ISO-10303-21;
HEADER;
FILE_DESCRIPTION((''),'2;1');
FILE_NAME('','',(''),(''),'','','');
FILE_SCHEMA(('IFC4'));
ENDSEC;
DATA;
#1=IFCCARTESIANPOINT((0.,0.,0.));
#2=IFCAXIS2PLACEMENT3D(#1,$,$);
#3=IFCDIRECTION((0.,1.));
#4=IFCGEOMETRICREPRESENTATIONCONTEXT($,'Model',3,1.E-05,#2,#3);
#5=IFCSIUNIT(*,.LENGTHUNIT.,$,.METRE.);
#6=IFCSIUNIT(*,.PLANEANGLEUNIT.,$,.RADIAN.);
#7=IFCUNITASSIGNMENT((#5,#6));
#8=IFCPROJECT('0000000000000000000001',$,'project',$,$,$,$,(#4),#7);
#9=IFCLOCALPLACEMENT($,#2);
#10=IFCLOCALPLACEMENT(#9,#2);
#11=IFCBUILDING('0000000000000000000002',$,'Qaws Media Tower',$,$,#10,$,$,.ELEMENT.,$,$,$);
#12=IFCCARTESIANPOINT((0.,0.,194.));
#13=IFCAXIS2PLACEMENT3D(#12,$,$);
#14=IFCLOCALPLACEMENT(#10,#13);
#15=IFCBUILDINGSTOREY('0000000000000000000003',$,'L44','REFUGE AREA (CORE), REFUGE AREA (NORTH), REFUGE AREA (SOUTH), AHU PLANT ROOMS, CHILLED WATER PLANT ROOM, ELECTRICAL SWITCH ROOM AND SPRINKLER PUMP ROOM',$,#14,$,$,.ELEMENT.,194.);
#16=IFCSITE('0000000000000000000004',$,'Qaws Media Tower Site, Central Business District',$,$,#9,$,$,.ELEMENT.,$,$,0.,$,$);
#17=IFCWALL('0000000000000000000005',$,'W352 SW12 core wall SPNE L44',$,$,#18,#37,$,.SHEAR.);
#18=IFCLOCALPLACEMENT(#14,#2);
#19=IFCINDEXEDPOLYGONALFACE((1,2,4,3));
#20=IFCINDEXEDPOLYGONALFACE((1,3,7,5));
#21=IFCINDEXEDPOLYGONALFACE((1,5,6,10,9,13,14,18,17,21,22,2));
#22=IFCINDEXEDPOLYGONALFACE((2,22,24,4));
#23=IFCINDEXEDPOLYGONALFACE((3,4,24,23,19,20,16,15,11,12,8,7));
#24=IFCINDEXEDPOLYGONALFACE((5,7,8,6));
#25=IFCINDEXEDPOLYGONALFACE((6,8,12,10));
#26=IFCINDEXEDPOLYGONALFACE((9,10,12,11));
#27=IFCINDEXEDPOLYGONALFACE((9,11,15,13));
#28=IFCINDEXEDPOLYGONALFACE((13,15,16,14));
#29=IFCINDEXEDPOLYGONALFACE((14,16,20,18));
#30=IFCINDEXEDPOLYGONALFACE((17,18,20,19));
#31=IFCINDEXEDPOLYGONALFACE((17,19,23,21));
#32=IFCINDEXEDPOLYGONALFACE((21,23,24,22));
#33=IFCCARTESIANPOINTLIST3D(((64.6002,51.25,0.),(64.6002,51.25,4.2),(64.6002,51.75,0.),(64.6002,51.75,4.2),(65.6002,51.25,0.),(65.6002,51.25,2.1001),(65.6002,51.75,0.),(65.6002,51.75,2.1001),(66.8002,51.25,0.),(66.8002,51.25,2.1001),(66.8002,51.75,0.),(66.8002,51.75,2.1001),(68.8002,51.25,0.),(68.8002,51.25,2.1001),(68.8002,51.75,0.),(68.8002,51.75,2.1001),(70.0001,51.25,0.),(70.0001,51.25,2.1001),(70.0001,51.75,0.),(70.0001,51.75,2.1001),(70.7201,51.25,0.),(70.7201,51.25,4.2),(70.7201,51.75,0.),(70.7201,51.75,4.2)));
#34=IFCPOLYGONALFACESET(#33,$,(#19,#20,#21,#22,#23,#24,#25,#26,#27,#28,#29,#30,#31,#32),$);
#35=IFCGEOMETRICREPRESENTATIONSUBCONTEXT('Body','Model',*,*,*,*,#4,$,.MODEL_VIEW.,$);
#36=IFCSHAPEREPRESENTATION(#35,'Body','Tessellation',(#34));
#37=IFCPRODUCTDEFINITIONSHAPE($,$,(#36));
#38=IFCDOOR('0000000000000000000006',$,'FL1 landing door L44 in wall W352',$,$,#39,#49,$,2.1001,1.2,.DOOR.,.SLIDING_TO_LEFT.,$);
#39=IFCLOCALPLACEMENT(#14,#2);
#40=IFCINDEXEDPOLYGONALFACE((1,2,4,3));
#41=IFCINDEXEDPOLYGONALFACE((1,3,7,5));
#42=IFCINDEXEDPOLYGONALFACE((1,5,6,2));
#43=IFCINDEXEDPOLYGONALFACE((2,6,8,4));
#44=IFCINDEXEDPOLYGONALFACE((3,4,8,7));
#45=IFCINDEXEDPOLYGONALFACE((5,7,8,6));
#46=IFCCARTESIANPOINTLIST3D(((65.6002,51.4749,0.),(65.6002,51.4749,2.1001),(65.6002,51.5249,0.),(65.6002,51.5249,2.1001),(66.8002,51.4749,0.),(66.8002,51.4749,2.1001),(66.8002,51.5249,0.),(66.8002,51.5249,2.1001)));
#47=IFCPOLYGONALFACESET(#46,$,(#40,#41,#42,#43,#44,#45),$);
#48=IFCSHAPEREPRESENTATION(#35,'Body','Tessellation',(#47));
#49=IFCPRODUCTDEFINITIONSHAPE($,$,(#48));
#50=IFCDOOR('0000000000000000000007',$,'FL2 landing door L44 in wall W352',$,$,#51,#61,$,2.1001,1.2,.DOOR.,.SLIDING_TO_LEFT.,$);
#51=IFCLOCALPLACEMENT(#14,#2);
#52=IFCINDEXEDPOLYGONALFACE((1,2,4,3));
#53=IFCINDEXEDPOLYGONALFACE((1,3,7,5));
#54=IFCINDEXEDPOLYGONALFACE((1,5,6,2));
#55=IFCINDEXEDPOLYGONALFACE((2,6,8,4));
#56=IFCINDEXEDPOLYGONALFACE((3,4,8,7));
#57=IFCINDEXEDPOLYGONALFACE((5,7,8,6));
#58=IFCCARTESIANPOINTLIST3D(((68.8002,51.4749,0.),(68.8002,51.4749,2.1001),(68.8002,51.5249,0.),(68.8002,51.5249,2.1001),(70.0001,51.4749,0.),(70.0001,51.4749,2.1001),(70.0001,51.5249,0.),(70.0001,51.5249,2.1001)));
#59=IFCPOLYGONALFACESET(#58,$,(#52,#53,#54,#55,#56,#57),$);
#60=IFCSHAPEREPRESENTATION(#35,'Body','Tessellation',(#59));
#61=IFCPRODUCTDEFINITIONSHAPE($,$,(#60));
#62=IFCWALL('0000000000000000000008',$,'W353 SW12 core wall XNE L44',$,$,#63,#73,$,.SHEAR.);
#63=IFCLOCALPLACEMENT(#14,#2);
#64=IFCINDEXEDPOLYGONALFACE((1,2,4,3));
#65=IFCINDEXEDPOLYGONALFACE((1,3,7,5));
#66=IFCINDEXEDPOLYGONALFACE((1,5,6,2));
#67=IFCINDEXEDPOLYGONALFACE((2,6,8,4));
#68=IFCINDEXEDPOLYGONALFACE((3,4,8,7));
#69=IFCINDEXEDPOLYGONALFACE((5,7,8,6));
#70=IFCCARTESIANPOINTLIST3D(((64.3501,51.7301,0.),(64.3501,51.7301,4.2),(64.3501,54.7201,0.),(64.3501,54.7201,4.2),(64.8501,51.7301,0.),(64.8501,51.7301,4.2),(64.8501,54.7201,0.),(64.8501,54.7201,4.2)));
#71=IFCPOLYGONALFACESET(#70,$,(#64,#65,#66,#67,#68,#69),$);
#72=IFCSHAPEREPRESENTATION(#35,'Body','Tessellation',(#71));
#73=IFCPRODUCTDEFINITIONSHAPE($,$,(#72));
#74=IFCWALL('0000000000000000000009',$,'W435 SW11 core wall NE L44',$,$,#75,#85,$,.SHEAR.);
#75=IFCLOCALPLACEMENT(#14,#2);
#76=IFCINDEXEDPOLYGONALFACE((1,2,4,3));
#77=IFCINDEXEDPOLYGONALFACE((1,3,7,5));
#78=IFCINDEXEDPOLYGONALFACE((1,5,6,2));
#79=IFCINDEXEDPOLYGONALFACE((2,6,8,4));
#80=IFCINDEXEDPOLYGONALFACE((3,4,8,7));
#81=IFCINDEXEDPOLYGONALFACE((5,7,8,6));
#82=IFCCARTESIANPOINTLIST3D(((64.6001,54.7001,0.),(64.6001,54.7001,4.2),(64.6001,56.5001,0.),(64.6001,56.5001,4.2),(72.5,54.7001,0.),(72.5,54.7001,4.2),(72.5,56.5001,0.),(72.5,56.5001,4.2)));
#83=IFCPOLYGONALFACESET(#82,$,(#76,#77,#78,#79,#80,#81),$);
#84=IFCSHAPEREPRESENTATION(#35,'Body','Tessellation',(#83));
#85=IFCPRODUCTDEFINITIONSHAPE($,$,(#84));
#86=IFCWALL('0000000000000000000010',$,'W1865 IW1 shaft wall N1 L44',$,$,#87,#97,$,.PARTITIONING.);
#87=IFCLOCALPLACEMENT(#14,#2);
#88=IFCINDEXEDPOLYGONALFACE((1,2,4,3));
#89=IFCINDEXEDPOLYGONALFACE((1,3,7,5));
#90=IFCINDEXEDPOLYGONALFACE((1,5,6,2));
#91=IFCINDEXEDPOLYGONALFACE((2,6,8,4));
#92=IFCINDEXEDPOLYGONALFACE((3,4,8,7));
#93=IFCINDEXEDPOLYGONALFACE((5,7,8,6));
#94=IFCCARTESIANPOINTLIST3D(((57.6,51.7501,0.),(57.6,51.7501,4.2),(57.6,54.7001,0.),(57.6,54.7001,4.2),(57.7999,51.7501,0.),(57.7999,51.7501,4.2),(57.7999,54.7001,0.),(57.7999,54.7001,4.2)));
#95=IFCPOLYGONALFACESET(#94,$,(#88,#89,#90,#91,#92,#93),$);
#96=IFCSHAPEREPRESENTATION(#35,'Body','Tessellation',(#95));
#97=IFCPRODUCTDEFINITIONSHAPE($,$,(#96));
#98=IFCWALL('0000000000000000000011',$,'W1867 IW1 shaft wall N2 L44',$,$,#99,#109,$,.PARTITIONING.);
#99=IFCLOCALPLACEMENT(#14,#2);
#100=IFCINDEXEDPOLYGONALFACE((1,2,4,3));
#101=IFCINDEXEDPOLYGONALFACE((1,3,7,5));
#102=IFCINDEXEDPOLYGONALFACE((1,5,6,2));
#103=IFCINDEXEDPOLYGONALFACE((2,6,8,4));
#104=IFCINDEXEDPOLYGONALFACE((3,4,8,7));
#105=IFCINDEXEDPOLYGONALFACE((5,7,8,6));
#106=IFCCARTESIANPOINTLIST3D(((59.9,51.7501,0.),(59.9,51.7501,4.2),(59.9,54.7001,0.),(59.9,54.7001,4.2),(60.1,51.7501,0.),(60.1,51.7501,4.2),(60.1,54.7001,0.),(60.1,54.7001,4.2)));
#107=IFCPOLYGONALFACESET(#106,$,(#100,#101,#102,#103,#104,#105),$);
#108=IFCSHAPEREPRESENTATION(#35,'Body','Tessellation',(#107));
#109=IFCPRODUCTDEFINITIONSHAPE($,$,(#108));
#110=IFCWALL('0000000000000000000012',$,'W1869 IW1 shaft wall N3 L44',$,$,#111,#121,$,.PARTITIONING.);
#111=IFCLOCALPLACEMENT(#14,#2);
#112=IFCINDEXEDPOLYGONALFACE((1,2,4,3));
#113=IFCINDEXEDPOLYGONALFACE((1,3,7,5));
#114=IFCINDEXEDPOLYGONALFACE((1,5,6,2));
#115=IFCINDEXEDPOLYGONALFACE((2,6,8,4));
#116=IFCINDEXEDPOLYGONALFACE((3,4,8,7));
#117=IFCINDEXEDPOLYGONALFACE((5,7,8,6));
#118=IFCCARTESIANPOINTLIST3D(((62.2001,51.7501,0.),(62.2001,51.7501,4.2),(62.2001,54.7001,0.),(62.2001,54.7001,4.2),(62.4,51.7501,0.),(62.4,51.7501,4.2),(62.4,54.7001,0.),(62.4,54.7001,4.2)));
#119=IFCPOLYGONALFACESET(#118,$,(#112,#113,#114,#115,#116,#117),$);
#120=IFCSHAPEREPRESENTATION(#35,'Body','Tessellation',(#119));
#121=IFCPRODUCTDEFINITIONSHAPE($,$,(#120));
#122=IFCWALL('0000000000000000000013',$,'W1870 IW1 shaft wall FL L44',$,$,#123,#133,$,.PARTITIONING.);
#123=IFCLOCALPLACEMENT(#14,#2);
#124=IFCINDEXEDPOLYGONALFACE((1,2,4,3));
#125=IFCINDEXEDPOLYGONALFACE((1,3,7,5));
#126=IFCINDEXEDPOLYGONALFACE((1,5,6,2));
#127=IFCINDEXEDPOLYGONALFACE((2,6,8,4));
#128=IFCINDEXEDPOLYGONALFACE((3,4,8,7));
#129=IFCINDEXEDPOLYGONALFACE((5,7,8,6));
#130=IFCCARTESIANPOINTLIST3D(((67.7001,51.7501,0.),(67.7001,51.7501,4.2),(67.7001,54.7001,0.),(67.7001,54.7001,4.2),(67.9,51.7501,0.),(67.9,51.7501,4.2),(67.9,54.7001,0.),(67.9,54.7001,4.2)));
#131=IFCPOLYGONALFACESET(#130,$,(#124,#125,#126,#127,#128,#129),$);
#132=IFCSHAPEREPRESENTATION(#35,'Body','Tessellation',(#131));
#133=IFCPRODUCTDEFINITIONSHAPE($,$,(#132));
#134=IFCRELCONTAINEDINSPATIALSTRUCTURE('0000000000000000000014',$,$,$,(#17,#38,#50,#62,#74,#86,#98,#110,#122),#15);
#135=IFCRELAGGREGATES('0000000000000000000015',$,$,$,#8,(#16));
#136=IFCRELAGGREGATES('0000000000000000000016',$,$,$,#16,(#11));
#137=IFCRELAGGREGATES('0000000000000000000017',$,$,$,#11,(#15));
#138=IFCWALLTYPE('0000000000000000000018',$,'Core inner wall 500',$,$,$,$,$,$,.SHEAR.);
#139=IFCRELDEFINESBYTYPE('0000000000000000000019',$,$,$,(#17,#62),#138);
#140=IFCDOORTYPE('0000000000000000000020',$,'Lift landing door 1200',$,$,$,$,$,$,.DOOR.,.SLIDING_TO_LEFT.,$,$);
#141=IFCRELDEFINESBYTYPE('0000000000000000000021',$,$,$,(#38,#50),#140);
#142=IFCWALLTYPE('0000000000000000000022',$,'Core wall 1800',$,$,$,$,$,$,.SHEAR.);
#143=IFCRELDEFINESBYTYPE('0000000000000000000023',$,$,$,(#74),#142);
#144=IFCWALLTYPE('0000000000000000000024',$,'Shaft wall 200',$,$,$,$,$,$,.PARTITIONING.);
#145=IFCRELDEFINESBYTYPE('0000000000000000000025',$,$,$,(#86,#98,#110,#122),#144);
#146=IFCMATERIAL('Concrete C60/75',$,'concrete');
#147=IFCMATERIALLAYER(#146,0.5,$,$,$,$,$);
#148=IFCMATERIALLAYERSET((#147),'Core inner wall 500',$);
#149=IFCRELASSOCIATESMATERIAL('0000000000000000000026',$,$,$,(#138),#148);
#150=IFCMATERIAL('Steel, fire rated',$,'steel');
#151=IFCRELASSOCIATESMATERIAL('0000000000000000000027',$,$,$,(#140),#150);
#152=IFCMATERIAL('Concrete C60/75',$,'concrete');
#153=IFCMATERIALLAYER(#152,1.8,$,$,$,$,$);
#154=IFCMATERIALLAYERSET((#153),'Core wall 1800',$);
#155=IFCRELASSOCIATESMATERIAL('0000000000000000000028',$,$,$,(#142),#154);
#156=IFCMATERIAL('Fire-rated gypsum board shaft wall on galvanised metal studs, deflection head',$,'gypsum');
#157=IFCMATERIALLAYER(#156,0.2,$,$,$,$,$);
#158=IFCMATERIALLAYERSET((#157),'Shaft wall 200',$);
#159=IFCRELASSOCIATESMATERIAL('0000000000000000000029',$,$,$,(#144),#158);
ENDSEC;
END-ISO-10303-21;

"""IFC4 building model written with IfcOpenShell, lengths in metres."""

from ifc_helpers import new_model, si_unit, direction, frame, frame_2d, origin, place, context, subcontext, project, spatial, rectangle, extrude, material, layer, layer_set, type_object, element, fill, save


model = new_model("IFC4")

# Units and contexts
model_context = context("Model", 3, precision=1e-05, world=origin(), true_north=direction((0.0, 1.0)))
body_context = subcontext(model_context, "Body", "Model", "MODEL_VIEW")
ifc_project = project(units=[si_unit("LENGTHUNIT", "METRE"), si_unit("PLANEANGLEUNIT", "RADIAN")], contexts=[model_context])

# Site, building, storey
site_placement = place(None, origin())
site = spatial("IfcSite", under=ifc_project, at=site_placement, Name="Qaws Media Tower Site, Central Business District", CompositionType="ELEMENT", RefElevation=0.0)
building_placement = place(site_placement, origin())
building = spatial("IfcBuilding", under=site, at=building_placement, Name="Qaws Media Tower", CompositionType="ELEMENT")
storey_placement = place(building_placement, frame((0.0, 0.0, 194.0)))
storey = spatial("IfcBuildingStorey", under=building, at=storey_placement, Name="L44", Description="REFUGE AREA (CORE), REFUGE AREA (NORTH), REFUGE AREA (SOUTH), AHU PLANT ROOMS, CHILLED WATER PLANT ROOM, ELECTRICAL SWITCH ROOM AND SPRINKLER PUMP ROOM", CompositionType="ELEMENT", Elevation=194.0)

# Wall, openings, doors
ifc_material_1 = material(Name="Concrete C60/75", Category="concrete")
ifc_layer_1 = layer(ifc_material_1, 0.5)
ifc_layer_set_1 = layer_set([ifc_layer_1], Name="Core inner wall 500")
wall_type_1 = type_object("IfcWallType", Name="Core inner wall 500", PredefinedType="SHEAR", material=ifc_layer_set_1)
wall_1_placement = place(storey_placement, frame((64.6001, 51.5, 0.0), z_axis=(0.0, 0.0, 1.0), x_axis=(1.0, 0.0, 0.0)))
wall_1 = element("IfcWall", 1, at=wall_1_placement, inside=storey, type_object=wall_type_1, Name="W352 SW12 core wall SPNE L44", PredefinedType="SHEAR", context=body_context, shape_type="SweptSolid", body=[
    extrude(rectangle(XDim=6.1199, YDim=0.5, at=frame_2d((3.0601, 0.0))), origin(), (0.0, 0.0, 1.0), 4.2),
])
opening_1_placement = place(wall_1_placement, frame((1.0, 0.0, 0.0)))
opening_1 = element("IfcOpeningElement", 2, at=opening_1_placement, cuts=wall_1, PredefinedType="OPENING", context=body_context, shape_type="SweptSolid", body=[
    extrude(rectangle(XDim=1.2, YDim=2.1001, at=frame_2d((0.6001, 1.05))), frame((0.0, 0.26, 0.0), z_axis=(0.0, -1.0, 0.0), x_axis=(1.0, 0.0, 0.0)), (0.0, 0.0, 1.0), 0.52),
])
opening_2_placement = place(wall_1_placement, frame((4.2, 0.0, 0.0)))
opening_2 = element("IfcOpeningElement", 3, at=opening_2_placement, cuts=wall_1, PredefinedType="OPENING", context=body_context, shape_type="SweptSolid", body=[
    extrude(rectangle(XDim=1.2, YDim=2.1001, at=frame_2d((0.6001, 1.05))), frame((0.0, 0.26, 0.0), z_axis=(0.0, -1.0, 0.0), x_axis=(1.0, 0.0, 0.0)), (0.0, 0.0, 1.0), 0.52),
])
ifc_material_2 = material(Name="Steel, fire rated", Category="steel")
door_type = type_object("IfcDoorType", Name="Lift landing door 1200", OperationType="SLIDING_TO_LEFT", PredefinedType="DOOR", material=ifc_material_2)
door_1_placement = place(opening_1_placement, origin())
door_1 = element("IfcDoor", 4, at=door_1_placement, inside=storey, type_object=door_type, Name="FL1 landing door L44 in wall W352", OperationType="SLIDING_TO_LEFT", OverallHeight=2.1001, OverallWidth=1.2, PredefinedType="DOOR", context=body_context, shape_type="SweptSolid", body=[
    extrude(rectangle(XDim=1.2, YDim=2.1001, at=frame_2d((0.6001, 1.05))), frame((0.0, 0.0249, 0.0), z_axis=(0.0, -1.0, 0.0), x_axis=(1.0, 0.0, 0.0)), (0.0, 0.0, 1.0), 0.05),
])
fill(opening_1, door_1)
door_2_placement = place(opening_2_placement, origin())
door_2 = element("IfcDoor", 5, at=door_2_placement, inside=storey, type_object=door_type, Name="FL2 landing door L44 in wall W352", OperationType="SLIDING_TO_LEFT", OverallHeight=2.1001, OverallWidth=1.2, PredefinedType="DOOR", context=body_context, shape_type="SweptSolid", body=[
    extrude(rectangle(XDim=1.2, YDim=2.1001, at=frame_2d((0.6001, 1.05))), frame((0.0, 0.0249, 0.0), z_axis=(0.0, -1.0, 0.0), x_axis=(1.0, 0.0, 0.0)), (0.0, 0.0, 1.0), 0.05),
])
fill(opening_2, door_2)

# Walls
wall_2_placement = place(storey_placement, frame((64.6001, 51.73, 0.0), z_axis=(0.0, 0.0, 1.0), x_axis=(0.0, 1.0, 0.0)))
element("IfcWall", 6, at=wall_2_placement, inside=storey, type_object=wall_type_1, Name="W353 SW12 core wall XNE L44", PredefinedType="SHEAR", context=body_context, shape_type="SweptSolid", body=[
    extrude(rectangle(XDim=2.99, YDim=0.5, at=frame_2d((1.4951, 0.0))), origin(), (0.0, 0.0, 1.0), 4.2),
])
ifc_material_3 = material(Name="Concrete C60/75", Category="concrete")
ifc_layer_2 = layer(ifc_material_3, 1.8)
ifc_layer_set_2 = layer_set([ifc_layer_2], Name="Core wall 1800")
wall_type_2 = type_object("IfcWallType", Name="Core wall 1800", PredefinedType="SHEAR", material=ifc_layer_set_2)
wall_3_placement = place(storey_placement, frame((64.6001, 55.6001, 0.0), z_axis=(0.0, 0.0, 1.0), x_axis=(1.0, 0.0, 0.0)))
element("IfcWall", 7, at=wall_3_placement, inside=storey, type_object=wall_type_2, Name="W435 SW11 core wall NE L44", PredefinedType="SHEAR", context=body_context, shape_type="SweptSolid", body=[
    extrude(rectangle(XDim=7.8999, YDim=1.8, at=frame_2d((3.95, 0.0))), origin(), (0.0, 0.0, 1.0), 4.2),
])
ifc_material_4 = material(Name="Fire-rated gypsum board shaft wall on galvanised metal studs, deflection head", Category="gypsum")
ifc_layer_3 = layer(ifc_material_4, 0.2)
ifc_layer_set_3 = layer_set([ifc_layer_3], Name="Shaft wall 200")
wall_type_3 = type_object("IfcWallType", Name="Shaft wall 200", PredefinedType="PARTITIONING", material=ifc_layer_set_3)
for number, where, z_axis, x_axis, name in (
    (8, (57.7, 51.75, 0.0), (0.0, 0.0, 1.0), (0.0, 1.0, 0.0), "W1865 IW1 shaft wall N1 L44"),
    (9, (60.0, 51.75, 0.0), (0.0, 0.0, 1.0), (0.0, 1.0, 0.0), "W1867 IW1 shaft wall N2 L44"),
    (10, (62.3, 51.75, 0.0), (0.0, 0.0, 1.0), (0.0, 1.0, 0.0), "W1869 IW1 shaft wall N3 L44"),
    (11, (67.8, 51.75, 0.0), (0.0, 0.0, 1.0), (0.0, 1.0, 0.0), "W1870 IW1 shaft wall FL L44"),
):
    element("IfcWall", number, at=place(storey_placement, frame(where, z_axis=z_axis, x_axis=x_axis)), inside=storey, type_object=wall_type_3, Name=name, PredefinedType="PARTITIONING", context=body_context, shape_type="SweptSolid", body=[
        extrude(rectangle(XDim=2.95, YDim=0.2, at=frame_2d((1.4751, 0.0))), origin(), (0.0, 0.0, 1.0), 4.2),
    ])

save(model, "model.ifc")
